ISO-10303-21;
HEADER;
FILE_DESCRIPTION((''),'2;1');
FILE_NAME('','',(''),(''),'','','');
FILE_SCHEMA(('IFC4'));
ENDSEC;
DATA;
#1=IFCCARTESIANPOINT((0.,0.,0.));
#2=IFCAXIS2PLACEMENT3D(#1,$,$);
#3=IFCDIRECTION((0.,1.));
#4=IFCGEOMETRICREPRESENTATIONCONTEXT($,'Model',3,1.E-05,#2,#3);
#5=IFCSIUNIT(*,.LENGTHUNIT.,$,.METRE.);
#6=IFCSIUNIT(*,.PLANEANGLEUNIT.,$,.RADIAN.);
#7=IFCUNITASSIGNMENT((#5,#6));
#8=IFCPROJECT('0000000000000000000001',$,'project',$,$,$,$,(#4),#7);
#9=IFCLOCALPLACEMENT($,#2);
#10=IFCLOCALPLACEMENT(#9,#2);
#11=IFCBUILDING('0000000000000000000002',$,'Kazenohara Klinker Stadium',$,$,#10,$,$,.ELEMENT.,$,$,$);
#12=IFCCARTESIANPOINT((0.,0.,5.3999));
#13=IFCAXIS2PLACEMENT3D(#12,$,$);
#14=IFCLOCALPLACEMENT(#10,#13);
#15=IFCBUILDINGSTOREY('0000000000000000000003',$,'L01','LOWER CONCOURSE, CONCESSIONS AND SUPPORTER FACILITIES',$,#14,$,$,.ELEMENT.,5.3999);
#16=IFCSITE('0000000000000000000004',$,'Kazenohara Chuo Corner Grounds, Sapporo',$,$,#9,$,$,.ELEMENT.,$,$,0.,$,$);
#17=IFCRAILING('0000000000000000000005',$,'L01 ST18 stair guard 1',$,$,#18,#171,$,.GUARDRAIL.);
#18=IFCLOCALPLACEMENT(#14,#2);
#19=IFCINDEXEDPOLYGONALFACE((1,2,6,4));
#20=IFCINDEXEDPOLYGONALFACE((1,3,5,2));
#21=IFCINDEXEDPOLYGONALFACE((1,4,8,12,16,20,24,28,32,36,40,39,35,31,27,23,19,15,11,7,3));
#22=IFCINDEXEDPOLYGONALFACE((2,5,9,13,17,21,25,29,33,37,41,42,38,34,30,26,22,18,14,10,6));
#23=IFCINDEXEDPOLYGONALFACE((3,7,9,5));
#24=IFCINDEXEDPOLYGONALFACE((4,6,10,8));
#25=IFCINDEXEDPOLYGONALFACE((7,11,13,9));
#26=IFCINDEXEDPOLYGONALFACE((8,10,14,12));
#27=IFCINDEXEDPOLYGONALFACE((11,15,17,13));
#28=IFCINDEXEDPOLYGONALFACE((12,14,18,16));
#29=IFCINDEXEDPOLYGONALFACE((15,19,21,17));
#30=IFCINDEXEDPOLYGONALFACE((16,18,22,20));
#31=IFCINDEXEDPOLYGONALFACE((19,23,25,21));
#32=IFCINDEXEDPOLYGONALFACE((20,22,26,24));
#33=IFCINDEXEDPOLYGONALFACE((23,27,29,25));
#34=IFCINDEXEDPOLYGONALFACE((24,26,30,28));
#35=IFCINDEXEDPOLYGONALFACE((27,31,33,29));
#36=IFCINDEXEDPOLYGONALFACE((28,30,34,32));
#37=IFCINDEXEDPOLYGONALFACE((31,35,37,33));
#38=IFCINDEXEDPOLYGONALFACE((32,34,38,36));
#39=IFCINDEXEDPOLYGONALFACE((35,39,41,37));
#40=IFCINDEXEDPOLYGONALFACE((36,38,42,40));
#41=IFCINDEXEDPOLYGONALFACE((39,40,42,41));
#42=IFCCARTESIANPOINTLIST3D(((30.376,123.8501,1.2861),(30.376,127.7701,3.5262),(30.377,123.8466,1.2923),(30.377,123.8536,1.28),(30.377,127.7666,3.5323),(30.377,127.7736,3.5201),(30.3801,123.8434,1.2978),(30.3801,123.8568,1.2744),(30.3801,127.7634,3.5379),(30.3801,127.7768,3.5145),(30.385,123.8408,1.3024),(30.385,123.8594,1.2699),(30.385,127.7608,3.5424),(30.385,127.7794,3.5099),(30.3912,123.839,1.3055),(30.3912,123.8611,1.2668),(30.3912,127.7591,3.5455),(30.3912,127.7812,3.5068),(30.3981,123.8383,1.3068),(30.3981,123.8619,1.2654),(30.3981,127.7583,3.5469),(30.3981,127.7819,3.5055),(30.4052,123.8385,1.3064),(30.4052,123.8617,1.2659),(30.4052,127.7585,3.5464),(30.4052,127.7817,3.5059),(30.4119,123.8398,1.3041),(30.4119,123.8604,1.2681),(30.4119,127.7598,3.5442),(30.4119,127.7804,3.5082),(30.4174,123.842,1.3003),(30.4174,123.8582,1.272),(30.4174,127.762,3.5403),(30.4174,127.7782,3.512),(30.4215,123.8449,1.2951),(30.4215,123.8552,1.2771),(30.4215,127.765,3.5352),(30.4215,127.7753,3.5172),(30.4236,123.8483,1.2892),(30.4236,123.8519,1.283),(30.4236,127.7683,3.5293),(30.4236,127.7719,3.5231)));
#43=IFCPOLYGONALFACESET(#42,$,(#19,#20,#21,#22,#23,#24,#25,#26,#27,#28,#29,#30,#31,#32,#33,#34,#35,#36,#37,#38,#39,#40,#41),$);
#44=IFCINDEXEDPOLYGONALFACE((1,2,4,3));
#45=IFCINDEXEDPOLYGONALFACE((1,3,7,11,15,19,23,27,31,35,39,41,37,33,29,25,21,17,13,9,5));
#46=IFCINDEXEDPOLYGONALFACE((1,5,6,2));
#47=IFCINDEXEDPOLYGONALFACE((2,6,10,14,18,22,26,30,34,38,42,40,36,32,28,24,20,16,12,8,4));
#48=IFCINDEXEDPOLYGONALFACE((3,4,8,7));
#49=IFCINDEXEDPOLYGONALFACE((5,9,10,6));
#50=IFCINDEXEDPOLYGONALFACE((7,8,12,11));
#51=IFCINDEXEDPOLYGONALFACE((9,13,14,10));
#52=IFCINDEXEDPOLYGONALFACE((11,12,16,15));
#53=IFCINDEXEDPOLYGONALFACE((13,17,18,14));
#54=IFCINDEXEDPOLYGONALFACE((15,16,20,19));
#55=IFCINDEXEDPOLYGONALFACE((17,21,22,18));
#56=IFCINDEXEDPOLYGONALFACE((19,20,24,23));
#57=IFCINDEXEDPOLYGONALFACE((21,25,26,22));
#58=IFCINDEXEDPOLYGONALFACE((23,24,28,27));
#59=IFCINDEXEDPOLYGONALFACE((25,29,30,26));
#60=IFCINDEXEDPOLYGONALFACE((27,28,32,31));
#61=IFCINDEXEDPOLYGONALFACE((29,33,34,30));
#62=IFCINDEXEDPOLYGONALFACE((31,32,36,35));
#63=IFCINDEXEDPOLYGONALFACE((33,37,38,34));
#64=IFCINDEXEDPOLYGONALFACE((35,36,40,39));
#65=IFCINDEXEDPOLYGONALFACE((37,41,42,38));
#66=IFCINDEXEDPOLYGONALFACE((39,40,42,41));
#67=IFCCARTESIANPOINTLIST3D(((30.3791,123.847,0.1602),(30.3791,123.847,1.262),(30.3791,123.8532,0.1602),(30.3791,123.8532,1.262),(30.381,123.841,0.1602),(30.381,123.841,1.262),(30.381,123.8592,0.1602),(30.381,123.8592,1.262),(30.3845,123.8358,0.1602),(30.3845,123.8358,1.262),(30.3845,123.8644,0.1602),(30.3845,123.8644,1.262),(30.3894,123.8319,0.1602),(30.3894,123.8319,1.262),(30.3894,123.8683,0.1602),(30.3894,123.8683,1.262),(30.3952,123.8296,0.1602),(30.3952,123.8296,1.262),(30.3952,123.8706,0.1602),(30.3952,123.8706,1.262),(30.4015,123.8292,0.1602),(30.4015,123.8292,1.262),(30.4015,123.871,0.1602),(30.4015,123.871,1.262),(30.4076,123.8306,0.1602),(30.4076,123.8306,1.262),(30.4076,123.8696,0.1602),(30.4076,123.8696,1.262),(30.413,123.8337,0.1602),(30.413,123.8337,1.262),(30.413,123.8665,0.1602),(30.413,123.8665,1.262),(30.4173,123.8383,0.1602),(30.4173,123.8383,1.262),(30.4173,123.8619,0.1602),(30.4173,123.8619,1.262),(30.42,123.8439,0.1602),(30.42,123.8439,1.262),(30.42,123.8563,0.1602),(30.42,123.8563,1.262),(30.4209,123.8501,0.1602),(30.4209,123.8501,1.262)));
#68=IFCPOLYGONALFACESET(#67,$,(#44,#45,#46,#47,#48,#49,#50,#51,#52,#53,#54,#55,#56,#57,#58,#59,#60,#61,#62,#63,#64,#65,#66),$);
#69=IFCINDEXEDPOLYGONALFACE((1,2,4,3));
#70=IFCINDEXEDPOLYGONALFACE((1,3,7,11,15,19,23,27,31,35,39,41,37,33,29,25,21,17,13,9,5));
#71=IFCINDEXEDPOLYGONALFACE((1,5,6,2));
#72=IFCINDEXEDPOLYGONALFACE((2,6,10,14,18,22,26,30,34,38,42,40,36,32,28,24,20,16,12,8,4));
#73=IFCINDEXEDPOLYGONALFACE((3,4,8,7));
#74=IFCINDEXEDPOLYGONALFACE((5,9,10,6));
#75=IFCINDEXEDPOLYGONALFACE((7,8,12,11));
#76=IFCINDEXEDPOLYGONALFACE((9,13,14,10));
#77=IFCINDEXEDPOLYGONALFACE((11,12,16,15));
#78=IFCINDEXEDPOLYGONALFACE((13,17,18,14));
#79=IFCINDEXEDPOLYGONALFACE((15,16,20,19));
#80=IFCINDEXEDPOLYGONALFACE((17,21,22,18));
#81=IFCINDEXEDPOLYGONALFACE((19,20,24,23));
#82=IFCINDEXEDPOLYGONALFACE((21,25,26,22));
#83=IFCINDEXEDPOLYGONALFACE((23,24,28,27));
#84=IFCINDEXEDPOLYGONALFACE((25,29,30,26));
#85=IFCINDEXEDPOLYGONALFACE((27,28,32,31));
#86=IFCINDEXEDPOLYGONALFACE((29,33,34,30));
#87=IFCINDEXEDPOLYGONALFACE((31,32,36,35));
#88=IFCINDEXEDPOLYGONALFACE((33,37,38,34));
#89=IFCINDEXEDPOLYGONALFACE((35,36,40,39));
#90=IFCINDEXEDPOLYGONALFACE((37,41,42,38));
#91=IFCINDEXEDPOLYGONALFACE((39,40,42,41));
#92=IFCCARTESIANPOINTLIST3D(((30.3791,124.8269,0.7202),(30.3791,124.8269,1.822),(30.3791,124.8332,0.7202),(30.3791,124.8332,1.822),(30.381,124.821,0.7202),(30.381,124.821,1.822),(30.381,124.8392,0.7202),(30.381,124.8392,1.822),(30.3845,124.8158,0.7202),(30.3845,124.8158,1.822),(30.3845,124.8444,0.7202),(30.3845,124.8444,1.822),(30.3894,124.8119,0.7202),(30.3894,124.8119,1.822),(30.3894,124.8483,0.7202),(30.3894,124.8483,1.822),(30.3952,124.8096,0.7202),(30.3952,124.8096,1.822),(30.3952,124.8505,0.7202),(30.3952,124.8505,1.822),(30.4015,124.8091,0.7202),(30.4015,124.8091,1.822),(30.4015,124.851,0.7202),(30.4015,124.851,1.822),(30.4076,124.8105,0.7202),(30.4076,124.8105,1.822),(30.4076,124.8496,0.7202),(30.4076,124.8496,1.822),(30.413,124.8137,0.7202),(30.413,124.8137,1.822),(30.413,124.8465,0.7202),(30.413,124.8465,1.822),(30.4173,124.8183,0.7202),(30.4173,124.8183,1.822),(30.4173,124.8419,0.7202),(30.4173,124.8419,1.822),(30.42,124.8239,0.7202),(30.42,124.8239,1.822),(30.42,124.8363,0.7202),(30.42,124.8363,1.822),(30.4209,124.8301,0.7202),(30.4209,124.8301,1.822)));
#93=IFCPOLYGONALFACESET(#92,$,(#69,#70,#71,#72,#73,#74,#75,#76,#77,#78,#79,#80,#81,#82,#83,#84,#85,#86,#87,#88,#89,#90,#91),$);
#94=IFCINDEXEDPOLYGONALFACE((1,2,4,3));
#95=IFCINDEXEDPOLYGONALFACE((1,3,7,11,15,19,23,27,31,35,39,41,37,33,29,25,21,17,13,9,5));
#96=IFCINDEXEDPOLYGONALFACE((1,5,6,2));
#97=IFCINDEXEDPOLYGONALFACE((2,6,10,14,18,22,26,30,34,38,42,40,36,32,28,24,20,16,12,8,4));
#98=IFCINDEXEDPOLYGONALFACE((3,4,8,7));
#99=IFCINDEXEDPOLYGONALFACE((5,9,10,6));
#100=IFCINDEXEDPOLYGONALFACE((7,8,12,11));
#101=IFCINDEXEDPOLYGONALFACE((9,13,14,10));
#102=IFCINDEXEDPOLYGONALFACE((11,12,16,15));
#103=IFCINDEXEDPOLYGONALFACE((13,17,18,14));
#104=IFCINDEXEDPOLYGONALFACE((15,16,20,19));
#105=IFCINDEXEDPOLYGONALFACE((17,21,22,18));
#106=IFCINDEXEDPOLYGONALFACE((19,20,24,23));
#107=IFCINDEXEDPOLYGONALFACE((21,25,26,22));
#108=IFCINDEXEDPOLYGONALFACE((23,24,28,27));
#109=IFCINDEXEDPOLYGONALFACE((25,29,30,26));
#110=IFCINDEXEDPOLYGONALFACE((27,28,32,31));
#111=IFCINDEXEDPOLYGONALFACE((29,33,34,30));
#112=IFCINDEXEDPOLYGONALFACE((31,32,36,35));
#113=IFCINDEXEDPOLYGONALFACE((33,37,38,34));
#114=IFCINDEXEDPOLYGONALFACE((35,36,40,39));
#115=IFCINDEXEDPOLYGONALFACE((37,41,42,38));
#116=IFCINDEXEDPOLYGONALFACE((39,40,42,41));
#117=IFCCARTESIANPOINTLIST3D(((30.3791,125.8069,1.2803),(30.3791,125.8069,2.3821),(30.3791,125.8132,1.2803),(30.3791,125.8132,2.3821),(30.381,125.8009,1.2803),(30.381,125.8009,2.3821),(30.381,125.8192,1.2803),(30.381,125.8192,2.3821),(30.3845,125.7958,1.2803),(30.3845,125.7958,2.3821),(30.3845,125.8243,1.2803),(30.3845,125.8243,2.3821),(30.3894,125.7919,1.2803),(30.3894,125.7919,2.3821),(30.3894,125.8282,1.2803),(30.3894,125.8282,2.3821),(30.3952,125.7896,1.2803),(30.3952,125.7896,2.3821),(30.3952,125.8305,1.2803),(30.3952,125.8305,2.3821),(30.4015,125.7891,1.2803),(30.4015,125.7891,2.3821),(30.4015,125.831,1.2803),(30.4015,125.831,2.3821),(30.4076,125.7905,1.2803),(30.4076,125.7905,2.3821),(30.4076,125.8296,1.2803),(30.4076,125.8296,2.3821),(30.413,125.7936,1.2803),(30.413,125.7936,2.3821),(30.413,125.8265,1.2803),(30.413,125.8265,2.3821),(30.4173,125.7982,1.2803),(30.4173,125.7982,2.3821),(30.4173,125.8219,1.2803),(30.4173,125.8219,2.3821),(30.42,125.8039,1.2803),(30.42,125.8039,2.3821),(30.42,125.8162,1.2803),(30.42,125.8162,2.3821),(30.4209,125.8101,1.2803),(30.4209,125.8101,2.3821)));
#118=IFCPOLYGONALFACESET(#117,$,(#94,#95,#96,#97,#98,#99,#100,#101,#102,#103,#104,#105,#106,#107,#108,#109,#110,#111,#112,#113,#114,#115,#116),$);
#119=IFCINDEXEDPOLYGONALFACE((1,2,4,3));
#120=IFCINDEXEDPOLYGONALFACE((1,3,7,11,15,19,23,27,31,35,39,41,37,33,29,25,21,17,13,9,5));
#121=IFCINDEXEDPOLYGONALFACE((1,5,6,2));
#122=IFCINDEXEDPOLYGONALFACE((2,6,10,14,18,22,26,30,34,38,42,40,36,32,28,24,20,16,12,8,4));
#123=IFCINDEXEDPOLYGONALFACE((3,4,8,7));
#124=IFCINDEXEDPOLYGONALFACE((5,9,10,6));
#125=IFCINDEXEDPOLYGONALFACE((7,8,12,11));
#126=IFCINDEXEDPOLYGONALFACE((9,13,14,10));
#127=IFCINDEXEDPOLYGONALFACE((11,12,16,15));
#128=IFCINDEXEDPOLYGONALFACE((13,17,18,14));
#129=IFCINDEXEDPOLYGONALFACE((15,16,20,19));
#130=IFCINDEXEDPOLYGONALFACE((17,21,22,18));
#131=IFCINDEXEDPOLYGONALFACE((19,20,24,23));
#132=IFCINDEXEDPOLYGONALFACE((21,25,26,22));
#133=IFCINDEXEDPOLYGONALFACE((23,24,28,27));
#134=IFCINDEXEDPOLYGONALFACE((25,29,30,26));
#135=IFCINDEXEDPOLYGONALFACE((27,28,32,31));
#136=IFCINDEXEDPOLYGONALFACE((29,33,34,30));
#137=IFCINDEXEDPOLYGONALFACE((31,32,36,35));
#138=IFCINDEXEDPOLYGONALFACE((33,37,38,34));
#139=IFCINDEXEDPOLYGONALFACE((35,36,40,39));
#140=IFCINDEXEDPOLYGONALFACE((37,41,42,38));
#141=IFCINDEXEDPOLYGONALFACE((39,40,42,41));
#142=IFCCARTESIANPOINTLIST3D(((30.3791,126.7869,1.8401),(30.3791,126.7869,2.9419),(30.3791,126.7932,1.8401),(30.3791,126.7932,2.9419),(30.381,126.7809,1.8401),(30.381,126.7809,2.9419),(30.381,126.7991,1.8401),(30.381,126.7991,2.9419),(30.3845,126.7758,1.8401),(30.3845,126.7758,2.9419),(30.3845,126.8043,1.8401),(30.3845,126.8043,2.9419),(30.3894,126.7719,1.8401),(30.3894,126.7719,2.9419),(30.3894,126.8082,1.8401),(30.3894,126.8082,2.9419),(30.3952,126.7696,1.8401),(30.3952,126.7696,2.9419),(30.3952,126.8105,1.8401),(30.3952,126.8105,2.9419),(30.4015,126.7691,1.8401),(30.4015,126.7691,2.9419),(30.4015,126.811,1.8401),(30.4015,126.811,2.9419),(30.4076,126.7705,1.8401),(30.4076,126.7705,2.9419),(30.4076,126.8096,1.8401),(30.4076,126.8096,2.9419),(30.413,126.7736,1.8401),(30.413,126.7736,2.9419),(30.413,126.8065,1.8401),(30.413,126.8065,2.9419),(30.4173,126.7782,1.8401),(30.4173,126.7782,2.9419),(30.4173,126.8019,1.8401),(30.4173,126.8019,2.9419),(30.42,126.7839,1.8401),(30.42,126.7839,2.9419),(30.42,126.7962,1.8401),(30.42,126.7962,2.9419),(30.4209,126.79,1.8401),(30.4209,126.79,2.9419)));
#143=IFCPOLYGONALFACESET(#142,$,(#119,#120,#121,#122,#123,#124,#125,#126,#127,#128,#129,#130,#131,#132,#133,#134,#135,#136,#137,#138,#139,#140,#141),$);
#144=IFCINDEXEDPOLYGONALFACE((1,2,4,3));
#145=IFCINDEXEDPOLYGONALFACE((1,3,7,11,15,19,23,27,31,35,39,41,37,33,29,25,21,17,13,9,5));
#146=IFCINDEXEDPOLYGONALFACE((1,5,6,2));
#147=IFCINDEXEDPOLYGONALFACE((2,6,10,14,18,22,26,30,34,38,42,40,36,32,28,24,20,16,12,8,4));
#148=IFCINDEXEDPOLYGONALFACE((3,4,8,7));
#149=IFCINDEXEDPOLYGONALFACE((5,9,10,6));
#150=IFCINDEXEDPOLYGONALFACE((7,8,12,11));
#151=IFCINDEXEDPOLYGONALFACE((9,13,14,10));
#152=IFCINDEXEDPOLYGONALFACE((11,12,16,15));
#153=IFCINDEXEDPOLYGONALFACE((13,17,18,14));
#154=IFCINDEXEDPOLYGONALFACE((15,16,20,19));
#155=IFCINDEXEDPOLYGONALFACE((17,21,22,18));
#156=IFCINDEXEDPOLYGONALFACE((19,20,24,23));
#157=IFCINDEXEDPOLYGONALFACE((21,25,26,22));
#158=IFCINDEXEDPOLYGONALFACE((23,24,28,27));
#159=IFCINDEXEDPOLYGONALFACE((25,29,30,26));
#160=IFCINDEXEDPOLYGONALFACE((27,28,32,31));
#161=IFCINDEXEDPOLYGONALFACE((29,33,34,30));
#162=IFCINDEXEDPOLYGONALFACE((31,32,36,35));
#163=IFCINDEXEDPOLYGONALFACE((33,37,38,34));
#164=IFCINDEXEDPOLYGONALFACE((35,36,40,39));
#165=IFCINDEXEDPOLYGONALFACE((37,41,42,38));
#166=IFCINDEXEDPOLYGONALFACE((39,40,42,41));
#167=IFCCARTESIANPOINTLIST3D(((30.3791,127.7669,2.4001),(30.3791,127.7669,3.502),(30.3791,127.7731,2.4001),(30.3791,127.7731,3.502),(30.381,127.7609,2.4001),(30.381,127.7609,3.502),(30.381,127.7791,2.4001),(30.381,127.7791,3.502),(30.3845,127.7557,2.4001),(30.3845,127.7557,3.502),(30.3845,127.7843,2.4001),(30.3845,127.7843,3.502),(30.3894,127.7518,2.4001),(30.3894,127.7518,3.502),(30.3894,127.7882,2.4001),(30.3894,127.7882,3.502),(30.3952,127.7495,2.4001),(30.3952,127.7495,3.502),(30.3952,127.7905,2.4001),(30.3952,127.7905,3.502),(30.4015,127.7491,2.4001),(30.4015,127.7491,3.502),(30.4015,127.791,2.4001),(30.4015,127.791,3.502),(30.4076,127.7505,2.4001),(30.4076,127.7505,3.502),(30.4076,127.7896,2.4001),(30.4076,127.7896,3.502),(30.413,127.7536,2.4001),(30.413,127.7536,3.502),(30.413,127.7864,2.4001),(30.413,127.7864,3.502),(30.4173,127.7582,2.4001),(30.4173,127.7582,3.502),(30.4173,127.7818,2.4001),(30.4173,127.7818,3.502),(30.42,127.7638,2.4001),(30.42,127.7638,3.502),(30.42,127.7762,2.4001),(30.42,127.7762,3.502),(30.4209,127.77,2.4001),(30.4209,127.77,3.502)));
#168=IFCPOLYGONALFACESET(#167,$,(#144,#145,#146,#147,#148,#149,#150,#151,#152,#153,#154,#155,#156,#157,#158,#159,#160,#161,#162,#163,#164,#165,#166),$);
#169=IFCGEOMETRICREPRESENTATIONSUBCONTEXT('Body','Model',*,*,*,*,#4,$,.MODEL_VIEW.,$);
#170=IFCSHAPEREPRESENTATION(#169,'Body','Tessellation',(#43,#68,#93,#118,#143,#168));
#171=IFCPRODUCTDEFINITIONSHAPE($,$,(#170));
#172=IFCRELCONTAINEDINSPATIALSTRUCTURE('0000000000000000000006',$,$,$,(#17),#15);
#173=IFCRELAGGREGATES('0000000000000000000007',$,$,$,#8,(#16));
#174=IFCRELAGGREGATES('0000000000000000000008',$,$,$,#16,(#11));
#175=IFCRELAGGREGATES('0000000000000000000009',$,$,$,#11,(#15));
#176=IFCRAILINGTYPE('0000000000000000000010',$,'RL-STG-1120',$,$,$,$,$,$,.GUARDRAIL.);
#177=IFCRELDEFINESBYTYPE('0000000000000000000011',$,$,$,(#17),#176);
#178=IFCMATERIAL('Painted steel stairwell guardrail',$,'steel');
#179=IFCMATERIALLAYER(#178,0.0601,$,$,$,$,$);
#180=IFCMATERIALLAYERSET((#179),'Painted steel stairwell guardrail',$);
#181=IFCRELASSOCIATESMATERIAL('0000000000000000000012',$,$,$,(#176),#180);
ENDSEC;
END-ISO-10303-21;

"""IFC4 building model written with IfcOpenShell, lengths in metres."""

from ifc_helpers import new_model, si_unit, direction, frame, origin, origin_2d, place, context, subcontext, project, spatial, circle, extrude, material, layer, layer_set, type_object, element, save


model = new_model("IFC4")

# Units and contexts
model_context = context("Model", 3, precision=1e-05, world=origin(), true_north=direction((0.0, 1.0)))
body_context = subcontext(model_context, "Body", "Model", "MODEL_VIEW")
ifc_project = project(units=[si_unit("LENGTHUNIT", "METRE"), si_unit("PLANEANGLEUNIT", "RADIAN")], contexts=[model_context])

# Site, building, storey
site_placement = place(None, origin())
site = spatial("IfcSite", under=ifc_project, at=site_placement, Name="Kazenohara Chuo Corner Grounds, Sapporo", CompositionType="ELEMENT", RefElevation=0.0)
building_placement = place(site_placement, origin())
building = spatial("IfcBuilding", under=site, at=building_placement, Name="Kazenohara Klinker Stadium", CompositionType="ELEMENT")
storey_placement = place(building_placement, frame((0.0, 0.0, 5.3999)))
storey = spatial("IfcBuildingStorey", under=building, at=storey_placement, Name="L01", Description="LOWER CONCOURSE, CONCESSIONS AND SUPPORTER FACILITIES", CompositionType="ELEMENT", Elevation=5.3999)

# Railing
ifc_material_1 = material(Name="Painted steel stairwell guardrail", Category="steel")
ifc_layer_1 = layer(ifc_material_1, 0.0601)
ifc_layer_set_1 = layer_set([ifc_layer_1], Name="Painted steel stairwell guardrail")
railing_type_1 = type_object("IfcRailingType", Name="RL-STG-1120", PredefinedType="GUARDRAIL", material=ifc_layer_set_1)
railing_1_placement = place(storey_placement, frame((30.3999, 123.8501, 0.1602)))
element("IfcRailing", 1, at=railing_1_placement, inside=storey, type_object=railing_type_1, Name="L01 ST18 stair guard 1", PredefinedType="GUARDRAIL", context=body_context, shape_type="SweptSolid", body=[
    extrude(circle(Radius=0.0239, at=origin_2d()), frame((0.0, 0.0, 1.126), z_axis=(0.0, 0.86824, 0.496145), x_axis=(-1.0, 0.0, 0.0)), (0.0, 0.0, 1.0), 4.5149),
    extrude(circle(Radius=0.021, at=origin_2d()), origin(), (0.0, 0.0, 1.0), 1.1018),
    extrude(circle(Radius=0.021, at=origin_2d()), frame((0.0, 0.98, 0.5601)), (0.0, 0.0, 1.0), 1.1018),
    extrude(circle(Radius=0.021, at=origin_2d()), frame((0.0, 1.96, 1.1201)), (0.0, 0.0, 1.0), 1.1018),
    extrude(circle(Radius=0.021, at=origin_2d()), frame((0.0, 2.9399, 1.6799)), (0.0, 0.0, 1.0), 1.1018),
    extrude(circle(Radius=0.021, at=origin_2d()), frame((0.0, 3.9199, 2.24)), (0.0, 0.0, 1.0), 1.1018),
])

save(model, "model.ifc")
